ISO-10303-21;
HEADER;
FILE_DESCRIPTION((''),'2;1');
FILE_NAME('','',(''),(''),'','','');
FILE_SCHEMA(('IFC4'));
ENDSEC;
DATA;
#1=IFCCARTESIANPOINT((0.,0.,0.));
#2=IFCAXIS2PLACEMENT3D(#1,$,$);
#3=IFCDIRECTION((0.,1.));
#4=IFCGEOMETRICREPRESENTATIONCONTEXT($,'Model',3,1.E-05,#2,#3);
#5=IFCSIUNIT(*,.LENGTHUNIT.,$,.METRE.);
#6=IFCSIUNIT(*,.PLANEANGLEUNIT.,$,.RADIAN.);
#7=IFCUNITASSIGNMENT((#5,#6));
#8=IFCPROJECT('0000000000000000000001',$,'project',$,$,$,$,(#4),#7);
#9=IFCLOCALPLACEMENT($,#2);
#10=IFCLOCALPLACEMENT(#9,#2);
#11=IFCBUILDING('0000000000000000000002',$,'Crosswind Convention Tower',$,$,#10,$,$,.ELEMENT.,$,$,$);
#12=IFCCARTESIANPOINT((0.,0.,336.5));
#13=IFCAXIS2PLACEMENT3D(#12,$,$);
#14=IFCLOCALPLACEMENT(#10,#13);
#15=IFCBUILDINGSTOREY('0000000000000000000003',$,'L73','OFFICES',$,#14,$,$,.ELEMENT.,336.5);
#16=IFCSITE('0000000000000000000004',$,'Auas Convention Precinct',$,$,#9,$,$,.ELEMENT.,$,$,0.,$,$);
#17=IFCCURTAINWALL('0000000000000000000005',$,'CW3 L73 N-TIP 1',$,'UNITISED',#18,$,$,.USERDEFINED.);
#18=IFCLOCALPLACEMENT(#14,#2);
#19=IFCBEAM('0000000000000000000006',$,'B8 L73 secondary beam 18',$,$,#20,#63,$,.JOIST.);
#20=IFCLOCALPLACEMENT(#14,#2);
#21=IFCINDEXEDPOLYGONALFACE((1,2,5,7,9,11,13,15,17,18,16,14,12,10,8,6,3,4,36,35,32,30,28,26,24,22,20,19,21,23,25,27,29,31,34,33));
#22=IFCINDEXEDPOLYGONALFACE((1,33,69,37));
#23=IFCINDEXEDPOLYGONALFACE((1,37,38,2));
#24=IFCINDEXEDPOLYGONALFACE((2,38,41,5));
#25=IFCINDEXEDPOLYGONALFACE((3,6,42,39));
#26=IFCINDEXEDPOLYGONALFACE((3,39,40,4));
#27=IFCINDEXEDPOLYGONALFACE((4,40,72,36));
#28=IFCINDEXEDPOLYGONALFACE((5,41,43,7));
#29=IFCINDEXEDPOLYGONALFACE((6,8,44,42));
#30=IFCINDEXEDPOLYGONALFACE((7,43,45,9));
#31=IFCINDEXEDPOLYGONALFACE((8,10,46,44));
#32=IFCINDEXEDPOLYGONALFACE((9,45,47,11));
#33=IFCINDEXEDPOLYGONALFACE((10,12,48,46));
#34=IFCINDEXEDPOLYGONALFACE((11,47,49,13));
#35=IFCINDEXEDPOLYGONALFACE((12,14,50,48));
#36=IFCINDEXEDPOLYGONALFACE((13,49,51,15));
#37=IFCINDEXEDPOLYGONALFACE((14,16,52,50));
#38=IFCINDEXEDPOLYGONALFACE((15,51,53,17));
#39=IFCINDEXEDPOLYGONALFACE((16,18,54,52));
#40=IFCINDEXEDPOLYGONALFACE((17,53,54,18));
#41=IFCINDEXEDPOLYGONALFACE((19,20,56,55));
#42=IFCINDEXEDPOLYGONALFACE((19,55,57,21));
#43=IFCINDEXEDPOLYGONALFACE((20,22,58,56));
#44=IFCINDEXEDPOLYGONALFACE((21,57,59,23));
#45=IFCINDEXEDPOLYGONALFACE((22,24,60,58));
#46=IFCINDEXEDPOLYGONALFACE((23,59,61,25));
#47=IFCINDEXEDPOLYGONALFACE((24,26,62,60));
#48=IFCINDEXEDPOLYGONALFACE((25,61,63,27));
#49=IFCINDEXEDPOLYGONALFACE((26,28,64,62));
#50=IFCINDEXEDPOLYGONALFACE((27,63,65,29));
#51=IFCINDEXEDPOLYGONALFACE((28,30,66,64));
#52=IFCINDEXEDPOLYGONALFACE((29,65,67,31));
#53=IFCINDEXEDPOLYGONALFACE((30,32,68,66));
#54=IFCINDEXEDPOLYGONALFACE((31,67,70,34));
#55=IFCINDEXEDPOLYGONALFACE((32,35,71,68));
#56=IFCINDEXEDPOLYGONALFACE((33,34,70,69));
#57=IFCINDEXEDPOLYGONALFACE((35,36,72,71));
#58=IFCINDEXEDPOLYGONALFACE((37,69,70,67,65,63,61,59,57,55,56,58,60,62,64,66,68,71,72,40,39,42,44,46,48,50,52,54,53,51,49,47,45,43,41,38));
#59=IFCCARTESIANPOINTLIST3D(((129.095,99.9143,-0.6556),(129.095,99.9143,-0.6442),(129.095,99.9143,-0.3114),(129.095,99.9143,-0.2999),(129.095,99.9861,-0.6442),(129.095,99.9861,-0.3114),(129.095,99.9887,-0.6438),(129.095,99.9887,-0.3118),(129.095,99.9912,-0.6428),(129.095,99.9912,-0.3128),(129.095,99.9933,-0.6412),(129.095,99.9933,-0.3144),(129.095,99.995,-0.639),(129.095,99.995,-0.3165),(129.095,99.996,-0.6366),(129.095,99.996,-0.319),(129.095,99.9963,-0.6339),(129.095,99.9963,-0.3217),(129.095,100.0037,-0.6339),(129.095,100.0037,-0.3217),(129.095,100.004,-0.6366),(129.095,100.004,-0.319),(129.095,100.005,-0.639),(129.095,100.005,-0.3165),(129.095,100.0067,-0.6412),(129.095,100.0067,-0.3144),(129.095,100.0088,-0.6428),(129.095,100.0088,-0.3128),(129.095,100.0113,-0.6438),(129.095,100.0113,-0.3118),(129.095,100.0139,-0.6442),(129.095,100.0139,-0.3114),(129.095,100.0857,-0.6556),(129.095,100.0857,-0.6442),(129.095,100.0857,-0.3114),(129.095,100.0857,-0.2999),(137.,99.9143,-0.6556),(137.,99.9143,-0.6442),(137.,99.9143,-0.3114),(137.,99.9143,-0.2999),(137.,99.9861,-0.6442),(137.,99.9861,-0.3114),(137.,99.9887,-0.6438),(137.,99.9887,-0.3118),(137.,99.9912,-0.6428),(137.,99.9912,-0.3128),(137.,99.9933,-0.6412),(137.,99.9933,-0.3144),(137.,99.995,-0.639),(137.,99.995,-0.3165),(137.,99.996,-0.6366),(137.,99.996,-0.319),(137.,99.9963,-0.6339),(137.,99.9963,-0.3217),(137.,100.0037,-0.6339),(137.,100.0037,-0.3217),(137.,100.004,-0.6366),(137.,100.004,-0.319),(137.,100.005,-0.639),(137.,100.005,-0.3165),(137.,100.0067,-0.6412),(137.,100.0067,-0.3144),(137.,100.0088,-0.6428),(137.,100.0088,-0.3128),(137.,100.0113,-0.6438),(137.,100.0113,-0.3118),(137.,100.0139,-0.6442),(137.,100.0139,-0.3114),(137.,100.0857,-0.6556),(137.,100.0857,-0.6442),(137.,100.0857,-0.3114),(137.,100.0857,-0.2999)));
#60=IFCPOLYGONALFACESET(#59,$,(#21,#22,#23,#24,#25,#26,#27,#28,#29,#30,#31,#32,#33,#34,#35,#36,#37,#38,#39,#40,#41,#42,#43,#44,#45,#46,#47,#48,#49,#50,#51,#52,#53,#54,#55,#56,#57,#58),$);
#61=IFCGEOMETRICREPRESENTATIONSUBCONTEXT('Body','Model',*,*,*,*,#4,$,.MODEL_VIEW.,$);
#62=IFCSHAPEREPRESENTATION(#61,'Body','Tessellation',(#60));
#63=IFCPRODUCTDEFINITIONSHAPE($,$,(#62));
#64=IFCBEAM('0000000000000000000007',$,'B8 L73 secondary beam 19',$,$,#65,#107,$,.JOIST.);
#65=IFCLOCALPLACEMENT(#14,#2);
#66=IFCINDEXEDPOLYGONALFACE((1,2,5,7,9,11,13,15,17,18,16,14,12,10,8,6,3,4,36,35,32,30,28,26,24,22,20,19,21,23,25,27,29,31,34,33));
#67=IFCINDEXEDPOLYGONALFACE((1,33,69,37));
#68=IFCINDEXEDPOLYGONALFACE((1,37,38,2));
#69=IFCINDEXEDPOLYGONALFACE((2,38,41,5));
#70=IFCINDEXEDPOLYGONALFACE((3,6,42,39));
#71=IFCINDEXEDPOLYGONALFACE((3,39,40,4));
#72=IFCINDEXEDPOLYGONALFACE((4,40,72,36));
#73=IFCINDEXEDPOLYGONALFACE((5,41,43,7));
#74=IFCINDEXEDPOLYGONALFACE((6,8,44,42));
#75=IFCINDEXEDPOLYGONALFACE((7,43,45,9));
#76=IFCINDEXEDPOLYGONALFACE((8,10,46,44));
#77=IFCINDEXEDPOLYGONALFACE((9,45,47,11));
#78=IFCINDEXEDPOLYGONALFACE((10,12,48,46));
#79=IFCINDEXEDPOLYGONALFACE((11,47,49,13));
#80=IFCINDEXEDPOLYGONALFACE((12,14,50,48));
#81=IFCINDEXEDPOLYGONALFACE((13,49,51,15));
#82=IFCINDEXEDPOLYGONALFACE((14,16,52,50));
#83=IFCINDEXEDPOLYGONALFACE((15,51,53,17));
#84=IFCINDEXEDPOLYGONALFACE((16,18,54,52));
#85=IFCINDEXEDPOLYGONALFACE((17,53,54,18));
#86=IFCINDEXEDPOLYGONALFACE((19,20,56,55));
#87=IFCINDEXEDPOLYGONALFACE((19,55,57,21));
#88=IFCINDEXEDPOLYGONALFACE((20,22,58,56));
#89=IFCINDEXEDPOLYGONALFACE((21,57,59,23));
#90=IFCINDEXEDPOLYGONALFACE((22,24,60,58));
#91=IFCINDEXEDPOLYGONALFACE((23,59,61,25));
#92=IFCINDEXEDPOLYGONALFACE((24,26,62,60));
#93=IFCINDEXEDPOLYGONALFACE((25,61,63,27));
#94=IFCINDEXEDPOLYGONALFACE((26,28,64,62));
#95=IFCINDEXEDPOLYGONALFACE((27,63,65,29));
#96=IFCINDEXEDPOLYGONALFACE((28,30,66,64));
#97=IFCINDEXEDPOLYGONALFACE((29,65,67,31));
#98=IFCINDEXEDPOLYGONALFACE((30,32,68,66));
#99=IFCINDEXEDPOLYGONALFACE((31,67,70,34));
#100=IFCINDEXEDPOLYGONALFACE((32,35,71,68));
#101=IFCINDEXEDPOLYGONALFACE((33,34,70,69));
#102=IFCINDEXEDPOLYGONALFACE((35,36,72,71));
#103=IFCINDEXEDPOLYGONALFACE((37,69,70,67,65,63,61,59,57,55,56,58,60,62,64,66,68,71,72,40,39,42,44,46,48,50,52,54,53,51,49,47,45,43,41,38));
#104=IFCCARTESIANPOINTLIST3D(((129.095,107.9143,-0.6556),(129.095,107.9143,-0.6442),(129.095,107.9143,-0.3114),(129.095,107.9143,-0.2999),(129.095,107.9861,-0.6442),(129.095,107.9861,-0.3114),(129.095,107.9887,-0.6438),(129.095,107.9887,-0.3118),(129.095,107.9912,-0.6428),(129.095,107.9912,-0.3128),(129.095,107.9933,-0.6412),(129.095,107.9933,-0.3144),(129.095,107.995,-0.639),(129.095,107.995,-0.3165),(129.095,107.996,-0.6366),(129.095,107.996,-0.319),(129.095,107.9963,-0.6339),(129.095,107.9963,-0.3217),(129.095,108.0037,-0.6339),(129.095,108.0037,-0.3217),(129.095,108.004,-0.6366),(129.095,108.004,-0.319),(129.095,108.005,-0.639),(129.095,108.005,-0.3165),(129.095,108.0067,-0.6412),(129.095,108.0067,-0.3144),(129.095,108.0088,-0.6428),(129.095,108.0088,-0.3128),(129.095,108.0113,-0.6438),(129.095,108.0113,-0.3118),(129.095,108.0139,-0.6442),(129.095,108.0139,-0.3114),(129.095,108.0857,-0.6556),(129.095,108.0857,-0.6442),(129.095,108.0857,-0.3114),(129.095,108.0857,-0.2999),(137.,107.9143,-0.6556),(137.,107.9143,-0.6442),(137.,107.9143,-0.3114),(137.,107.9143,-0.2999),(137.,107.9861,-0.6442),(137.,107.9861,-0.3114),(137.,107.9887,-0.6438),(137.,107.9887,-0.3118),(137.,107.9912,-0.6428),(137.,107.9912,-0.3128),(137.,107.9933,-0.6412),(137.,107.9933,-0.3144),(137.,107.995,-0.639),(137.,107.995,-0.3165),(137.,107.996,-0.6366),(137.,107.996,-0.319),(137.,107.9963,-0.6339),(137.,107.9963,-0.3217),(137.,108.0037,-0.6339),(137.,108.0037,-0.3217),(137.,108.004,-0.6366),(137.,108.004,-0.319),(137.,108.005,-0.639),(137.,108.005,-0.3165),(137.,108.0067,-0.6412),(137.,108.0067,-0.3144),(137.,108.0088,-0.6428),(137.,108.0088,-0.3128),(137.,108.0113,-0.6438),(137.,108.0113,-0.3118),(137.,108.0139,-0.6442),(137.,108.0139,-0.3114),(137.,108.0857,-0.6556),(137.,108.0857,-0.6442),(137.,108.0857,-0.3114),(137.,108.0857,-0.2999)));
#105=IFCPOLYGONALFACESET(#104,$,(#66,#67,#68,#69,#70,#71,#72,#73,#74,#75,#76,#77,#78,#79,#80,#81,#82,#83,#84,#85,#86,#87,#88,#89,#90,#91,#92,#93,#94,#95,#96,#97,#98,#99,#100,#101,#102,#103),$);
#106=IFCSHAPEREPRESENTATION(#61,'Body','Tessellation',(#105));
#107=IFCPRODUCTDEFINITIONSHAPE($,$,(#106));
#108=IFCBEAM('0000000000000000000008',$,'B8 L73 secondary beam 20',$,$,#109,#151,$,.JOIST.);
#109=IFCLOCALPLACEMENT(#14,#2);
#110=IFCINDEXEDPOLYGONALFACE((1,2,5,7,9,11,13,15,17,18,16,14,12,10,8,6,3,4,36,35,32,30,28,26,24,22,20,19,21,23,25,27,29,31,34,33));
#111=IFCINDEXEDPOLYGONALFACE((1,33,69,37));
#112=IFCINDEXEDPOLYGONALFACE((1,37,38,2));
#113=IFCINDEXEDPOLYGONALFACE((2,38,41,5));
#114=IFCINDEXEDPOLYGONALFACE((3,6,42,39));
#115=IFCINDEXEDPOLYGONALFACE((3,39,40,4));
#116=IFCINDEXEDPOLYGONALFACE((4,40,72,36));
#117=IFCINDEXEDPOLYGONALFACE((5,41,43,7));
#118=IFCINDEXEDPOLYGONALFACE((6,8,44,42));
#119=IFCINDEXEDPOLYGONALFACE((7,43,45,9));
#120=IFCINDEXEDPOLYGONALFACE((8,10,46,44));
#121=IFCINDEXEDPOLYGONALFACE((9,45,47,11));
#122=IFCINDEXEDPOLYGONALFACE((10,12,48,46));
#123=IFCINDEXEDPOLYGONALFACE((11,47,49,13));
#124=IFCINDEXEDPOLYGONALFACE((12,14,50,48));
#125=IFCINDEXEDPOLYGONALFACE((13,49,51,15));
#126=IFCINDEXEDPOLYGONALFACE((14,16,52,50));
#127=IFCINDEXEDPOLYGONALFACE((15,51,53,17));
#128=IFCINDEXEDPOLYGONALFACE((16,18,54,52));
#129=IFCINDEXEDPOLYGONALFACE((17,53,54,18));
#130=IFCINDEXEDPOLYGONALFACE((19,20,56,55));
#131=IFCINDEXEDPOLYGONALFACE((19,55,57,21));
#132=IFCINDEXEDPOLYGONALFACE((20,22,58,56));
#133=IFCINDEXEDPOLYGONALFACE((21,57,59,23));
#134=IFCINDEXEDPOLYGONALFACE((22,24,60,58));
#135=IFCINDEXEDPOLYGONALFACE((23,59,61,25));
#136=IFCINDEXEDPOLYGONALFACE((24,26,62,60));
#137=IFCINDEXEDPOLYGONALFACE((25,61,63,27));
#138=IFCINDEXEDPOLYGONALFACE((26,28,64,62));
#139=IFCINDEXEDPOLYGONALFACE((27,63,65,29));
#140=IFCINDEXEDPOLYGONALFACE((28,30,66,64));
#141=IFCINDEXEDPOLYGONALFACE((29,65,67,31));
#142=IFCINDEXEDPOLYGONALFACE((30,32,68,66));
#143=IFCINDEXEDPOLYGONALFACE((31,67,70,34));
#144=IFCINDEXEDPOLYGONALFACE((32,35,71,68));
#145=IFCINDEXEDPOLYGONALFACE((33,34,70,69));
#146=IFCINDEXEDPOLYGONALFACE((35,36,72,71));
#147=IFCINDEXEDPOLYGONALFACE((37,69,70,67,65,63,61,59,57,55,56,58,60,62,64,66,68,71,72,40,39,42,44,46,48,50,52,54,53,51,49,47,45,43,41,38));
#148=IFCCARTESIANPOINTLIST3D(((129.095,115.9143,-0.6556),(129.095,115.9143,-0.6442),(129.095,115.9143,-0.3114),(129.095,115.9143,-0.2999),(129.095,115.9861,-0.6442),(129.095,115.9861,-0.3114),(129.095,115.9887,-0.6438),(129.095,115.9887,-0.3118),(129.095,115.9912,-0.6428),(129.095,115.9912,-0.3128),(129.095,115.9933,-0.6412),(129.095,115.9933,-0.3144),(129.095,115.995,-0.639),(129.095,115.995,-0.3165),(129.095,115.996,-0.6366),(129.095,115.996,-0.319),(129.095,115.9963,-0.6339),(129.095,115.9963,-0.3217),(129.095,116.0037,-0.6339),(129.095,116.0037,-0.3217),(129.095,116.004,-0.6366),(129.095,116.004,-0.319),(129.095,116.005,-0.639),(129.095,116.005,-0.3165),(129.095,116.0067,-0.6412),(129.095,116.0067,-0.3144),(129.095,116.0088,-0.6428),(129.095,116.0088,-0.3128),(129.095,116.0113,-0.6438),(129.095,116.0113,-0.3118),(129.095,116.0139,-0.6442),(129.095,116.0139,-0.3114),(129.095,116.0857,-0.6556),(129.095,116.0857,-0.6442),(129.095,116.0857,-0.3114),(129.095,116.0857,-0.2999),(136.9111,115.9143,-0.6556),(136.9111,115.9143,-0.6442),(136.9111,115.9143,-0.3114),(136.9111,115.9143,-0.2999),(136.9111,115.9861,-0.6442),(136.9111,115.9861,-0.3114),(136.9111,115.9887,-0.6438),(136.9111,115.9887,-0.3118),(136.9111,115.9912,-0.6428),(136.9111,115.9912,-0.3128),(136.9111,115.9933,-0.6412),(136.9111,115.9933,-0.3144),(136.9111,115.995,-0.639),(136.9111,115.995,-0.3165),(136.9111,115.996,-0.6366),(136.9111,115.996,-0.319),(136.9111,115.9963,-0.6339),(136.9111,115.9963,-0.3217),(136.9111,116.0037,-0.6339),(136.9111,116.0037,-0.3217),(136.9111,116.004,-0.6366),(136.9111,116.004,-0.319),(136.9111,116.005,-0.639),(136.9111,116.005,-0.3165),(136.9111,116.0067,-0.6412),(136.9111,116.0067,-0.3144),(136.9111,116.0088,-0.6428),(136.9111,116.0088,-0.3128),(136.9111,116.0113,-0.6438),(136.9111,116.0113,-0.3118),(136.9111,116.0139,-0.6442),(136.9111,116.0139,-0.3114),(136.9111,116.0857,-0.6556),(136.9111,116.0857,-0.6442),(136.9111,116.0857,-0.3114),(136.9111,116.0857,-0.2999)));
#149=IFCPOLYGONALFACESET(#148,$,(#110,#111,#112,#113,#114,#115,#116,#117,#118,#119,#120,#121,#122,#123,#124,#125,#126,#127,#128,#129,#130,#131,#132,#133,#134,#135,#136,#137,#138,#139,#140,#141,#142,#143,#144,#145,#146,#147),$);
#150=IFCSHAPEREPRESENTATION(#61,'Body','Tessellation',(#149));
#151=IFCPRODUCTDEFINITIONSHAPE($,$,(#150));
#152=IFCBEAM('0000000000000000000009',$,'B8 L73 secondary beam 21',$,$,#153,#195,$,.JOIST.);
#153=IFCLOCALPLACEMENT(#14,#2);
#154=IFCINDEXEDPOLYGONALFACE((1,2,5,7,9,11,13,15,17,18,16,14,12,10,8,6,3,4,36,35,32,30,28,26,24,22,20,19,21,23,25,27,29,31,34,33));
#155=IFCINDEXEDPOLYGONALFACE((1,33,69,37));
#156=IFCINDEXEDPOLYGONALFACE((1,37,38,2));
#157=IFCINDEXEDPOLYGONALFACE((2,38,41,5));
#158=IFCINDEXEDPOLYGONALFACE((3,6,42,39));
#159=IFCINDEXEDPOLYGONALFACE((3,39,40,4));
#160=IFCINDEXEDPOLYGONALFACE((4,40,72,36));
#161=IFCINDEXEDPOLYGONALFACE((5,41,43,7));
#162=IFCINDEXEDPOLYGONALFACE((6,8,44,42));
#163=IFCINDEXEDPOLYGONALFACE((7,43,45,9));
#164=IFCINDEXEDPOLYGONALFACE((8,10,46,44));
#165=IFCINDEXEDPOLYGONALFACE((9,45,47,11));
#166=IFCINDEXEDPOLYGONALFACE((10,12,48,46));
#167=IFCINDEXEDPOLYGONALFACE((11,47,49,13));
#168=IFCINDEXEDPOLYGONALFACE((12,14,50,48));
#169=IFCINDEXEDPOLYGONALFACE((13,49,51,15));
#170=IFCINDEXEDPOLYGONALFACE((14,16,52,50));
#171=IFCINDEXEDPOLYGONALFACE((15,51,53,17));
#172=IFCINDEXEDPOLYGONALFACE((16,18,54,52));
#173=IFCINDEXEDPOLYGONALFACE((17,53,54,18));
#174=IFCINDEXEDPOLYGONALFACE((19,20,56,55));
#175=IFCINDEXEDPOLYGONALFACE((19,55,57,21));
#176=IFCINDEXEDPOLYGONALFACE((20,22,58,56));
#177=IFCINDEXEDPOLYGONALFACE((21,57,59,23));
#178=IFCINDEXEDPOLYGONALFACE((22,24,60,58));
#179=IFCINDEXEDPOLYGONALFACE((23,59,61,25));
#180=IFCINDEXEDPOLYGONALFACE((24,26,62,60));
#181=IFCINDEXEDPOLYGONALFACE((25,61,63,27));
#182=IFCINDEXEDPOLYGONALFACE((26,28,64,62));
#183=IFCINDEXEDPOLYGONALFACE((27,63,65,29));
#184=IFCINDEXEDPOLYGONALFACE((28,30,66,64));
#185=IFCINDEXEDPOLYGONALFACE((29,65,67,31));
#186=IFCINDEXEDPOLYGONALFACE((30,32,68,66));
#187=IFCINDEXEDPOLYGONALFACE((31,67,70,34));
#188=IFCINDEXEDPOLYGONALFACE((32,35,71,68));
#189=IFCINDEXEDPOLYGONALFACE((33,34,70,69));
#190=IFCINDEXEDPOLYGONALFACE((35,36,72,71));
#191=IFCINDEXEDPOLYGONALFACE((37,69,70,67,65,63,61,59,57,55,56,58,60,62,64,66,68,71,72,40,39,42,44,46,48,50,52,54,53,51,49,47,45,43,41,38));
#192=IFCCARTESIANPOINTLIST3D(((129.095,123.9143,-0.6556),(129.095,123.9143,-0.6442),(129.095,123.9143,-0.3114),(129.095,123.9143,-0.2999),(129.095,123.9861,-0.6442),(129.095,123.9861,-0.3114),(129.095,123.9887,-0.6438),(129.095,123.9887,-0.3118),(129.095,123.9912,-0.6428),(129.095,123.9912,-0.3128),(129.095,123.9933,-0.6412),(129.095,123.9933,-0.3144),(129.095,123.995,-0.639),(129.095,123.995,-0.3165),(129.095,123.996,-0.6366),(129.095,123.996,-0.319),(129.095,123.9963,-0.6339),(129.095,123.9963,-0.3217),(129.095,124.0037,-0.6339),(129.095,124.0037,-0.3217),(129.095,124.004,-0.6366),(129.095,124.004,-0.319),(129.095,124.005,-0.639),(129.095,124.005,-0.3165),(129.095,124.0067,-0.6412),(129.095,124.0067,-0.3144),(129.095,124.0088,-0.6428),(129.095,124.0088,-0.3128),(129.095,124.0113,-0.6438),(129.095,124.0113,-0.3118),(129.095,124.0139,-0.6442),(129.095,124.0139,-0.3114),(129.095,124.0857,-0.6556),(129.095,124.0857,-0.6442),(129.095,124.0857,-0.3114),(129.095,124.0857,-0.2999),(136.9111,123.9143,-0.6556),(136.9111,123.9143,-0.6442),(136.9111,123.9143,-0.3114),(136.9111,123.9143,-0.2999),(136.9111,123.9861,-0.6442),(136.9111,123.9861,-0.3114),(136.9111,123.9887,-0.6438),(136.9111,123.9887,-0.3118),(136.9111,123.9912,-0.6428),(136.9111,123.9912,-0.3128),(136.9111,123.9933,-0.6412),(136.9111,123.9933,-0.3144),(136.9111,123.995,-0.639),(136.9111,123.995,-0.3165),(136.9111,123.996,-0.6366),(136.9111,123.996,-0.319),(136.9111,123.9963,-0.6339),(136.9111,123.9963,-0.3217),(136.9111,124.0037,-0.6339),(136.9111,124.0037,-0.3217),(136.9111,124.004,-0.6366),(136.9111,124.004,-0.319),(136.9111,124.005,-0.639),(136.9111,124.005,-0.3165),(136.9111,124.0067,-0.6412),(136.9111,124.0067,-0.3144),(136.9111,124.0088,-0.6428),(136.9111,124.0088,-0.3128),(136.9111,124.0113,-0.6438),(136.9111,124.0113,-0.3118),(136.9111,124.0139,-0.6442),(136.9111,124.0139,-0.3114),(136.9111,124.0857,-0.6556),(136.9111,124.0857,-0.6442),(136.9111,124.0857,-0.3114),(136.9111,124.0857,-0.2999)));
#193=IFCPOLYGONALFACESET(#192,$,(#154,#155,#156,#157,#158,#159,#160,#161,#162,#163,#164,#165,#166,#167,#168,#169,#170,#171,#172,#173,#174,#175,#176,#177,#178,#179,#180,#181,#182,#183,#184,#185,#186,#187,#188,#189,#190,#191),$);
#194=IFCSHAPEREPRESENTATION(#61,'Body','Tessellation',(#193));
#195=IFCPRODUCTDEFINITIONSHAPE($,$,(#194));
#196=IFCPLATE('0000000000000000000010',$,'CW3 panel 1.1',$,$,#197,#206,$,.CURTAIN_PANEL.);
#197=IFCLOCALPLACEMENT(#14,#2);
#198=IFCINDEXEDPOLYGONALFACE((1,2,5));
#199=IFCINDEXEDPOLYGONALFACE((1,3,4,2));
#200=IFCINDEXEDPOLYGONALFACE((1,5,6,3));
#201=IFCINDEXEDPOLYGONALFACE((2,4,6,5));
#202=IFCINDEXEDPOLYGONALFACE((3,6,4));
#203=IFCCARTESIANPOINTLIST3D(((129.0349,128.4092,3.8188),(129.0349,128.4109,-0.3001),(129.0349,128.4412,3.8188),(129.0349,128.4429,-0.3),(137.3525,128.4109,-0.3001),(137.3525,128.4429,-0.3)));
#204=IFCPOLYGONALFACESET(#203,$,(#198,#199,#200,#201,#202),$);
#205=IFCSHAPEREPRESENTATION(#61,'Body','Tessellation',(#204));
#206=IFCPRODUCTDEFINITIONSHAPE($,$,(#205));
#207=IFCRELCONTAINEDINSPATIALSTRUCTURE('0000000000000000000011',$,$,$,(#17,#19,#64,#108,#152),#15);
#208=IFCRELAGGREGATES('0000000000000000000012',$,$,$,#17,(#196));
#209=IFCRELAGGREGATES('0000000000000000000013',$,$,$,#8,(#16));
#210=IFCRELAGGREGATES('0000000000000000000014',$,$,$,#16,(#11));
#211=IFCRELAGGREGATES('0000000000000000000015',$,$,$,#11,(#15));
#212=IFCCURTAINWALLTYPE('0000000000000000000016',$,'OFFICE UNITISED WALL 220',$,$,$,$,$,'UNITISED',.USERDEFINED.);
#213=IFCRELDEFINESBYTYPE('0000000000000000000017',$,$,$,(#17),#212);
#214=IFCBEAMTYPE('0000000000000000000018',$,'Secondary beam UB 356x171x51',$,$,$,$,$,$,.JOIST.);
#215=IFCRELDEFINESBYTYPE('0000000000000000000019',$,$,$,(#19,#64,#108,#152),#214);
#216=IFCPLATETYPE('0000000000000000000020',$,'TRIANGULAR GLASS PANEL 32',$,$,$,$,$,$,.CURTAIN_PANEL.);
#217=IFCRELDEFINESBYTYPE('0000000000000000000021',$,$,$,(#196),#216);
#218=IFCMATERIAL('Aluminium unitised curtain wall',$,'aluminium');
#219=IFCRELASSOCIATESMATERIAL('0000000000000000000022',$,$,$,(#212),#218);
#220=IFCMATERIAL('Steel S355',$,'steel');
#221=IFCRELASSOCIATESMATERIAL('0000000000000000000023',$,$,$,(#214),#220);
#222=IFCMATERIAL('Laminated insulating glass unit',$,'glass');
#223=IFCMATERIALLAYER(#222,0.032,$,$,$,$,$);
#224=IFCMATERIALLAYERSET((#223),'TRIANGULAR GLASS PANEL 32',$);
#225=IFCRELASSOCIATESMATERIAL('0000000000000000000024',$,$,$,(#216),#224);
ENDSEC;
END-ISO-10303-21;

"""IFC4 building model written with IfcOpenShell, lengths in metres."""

from ifc_helpers import new_model, si_unit, direction, frame, origin, origin_2d, place, context, subcontext, project, spatial, polyline, i_section, outline, extrude, material, layer, layer_set, material_profile, profile_set, type_object, element, aggregate, save


model = new_model("IFC4")

# Units and contexts
model_context = context("Model", 3, precision=1e-05, world=origin(), true_north=direction((0.0, 1.0)))
body_context = subcontext(model_context, "Body", "Model", "MODEL_VIEW")
ifc_project = project(units=[si_unit("LENGTHUNIT", "METRE"), si_unit("PLANEANGLEUNIT", "RADIAN")], contexts=[model_context])

# Site, building, storey
site_placement = place(None, origin())
site = spatial("IfcSite", under=ifc_project, at=site_placement, Name="Auas Convention Precinct", CompositionType="ELEMENT", RefElevation=0.0)
building_placement = place(site_placement, origin())
building = spatial("IfcBuilding", under=site, at=building_placement, Name="Crosswind Convention Tower", CompositionType="ELEMENT")
storey_placement = place(building_placement, frame((0.0, 0.0, 336.5)))
storey = spatial("IfcBuildingStorey", under=building, at=storey_placement, Name="L73", Description="OFFICES", CompositionType="ELEMENT", Elevation=336.5)

# Shared definitions
ifc_material_1 = material(Name="Steel S355", Category="steel")

# Curtain wall
ifc_material_2 = material(Name="Aluminium unitised curtain wall", Category="aluminium")
curtain_wall_type = type_object("IfcCurtainWallType", Name="OFFICE UNITISED WALL 220", ElementType="UNITISED", PredefinedType="USERDEFINED", material=ifc_material_2)
curtain_wall_placement = place(storey_placement, origin())
curtain_wall = element("IfcCurtainWall", 1, at=curtain_wall_placement, inside=storey, type_object=curtain_wall_type, Name="CW3 L73 N-TIP 1", ObjectType="UNITISED", PredefinedType="USERDEFINED")

# Beams
ifc_material_profile_1 = material_profile(ifc_material_1, i_section(OverallWidth=0.1714, OverallDepth=0.3557, WebThickness=0.0073, FlangeThickness=0.0115, FilletRadius=0.0103, at=origin_2d()), Name="UB 356x171x51")
ifc_profile_set_1 = profile_set([ifc_material_profile_1], Name="Steel S355")
beam_type_1 = type_object("IfcBeamType", Name="Secondary beam UB 356x171x51", PredefinedType="JOIST", material=ifc_profile_set_1)
for number, where, z_axis, x_axis, name in (
    (2, (129.095, 100.0, -0.4778), (1.0, 0.0, 0.0), (0.0, 1.0, 0.0), "B8 L73 secondary beam 18"),
    (3, (129.095, 108.0, -0.4778), (1.0, 0.0, 0.0), (0.0, 1.0, 0.0), "B8 L73 secondary beam 19"),
):
    element("IfcBeam", number, at=place(storey_placement, frame(where, z_axis=z_axis, x_axis=x_axis)), inside=storey, type_object=beam_type_1, Name=name, PredefinedType="JOIST", context=body_context, shape_type="SweptSolid", body=[
        extrude(i_section(OverallWidth=0.1714, OverallDepth=0.3557, WebThickness=0.0073, FlangeThickness=0.0115, FilletRadius=0.0103, at=origin_2d()), origin(), (0.0, 0.0, 1.0), 7.905),
    ])
for number, where, z_axis, x_axis, name in (
    (4, (129.095, 116.0, -0.4778), (1.0, 0.0, 0.0), (0.0, 1.0, 0.0), "B8 L73 secondary beam 20"),
    (5, (129.095, 124.0, -0.4778), (1.0, 0.0, 0.0), (0.0, 1.0, 0.0), "B8 L73 secondary beam 21"),
):
    element("IfcBeam", number, at=place(storey_placement, frame(where, z_axis=z_axis, x_axis=x_axis)), inside=storey, type_object=beam_type_1, Name=name, PredefinedType="JOIST", context=body_context, shape_type="SweptSolid", body=[
        extrude(i_section(OverallWidth=0.1714, OverallDepth=0.3557, WebThickness=0.0073, FlangeThickness=0.0115, FilletRadius=0.0103, at=origin_2d()), origin(), (0.0, 0.0, 1.0), 7.8162),
    ])

# Plate
ifc_material_3 = material(Name="Laminated insulating glass unit", Category="glass")
ifc_layer_1 = layer(ifc_material_3, 0.032)
ifc_layer_set_1 = layer_set([ifc_layer_1], Name="TRIANGULAR GLASS PANEL 32")
plate_type = type_object("IfcPlateType", Name="TRIANGULAR GLASS PANEL 32", PredefinedType="CURTAIN_PANEL", material=ifc_layer_set_1)
plate_1_placement = place(storey_placement, frame((129.0349, 128.4429, -0.3), z_axis=(0.0, 1.0, 0.000415), x_axis=(0.0, -0.000415, 1.0)))
plate_1 = element("IfcPlate", 6, at=plate_1_placement, type_object=plate_type, Name="CW3 panel 1.1", PredefinedType="CURTAIN_PANEL", context=body_context, shape_type="SweptSolid", body=[
    extrude(outline(polyline([(0.0, 0.0), (4.1189, 0.0), (0.0, 8.3176), (0.0, 0.0)])), origin(), (0.0, 0.0, -1.0), 0.032),
])
aggregate(curtain_wall, [plate_1])

save(model, "model.ifc")
